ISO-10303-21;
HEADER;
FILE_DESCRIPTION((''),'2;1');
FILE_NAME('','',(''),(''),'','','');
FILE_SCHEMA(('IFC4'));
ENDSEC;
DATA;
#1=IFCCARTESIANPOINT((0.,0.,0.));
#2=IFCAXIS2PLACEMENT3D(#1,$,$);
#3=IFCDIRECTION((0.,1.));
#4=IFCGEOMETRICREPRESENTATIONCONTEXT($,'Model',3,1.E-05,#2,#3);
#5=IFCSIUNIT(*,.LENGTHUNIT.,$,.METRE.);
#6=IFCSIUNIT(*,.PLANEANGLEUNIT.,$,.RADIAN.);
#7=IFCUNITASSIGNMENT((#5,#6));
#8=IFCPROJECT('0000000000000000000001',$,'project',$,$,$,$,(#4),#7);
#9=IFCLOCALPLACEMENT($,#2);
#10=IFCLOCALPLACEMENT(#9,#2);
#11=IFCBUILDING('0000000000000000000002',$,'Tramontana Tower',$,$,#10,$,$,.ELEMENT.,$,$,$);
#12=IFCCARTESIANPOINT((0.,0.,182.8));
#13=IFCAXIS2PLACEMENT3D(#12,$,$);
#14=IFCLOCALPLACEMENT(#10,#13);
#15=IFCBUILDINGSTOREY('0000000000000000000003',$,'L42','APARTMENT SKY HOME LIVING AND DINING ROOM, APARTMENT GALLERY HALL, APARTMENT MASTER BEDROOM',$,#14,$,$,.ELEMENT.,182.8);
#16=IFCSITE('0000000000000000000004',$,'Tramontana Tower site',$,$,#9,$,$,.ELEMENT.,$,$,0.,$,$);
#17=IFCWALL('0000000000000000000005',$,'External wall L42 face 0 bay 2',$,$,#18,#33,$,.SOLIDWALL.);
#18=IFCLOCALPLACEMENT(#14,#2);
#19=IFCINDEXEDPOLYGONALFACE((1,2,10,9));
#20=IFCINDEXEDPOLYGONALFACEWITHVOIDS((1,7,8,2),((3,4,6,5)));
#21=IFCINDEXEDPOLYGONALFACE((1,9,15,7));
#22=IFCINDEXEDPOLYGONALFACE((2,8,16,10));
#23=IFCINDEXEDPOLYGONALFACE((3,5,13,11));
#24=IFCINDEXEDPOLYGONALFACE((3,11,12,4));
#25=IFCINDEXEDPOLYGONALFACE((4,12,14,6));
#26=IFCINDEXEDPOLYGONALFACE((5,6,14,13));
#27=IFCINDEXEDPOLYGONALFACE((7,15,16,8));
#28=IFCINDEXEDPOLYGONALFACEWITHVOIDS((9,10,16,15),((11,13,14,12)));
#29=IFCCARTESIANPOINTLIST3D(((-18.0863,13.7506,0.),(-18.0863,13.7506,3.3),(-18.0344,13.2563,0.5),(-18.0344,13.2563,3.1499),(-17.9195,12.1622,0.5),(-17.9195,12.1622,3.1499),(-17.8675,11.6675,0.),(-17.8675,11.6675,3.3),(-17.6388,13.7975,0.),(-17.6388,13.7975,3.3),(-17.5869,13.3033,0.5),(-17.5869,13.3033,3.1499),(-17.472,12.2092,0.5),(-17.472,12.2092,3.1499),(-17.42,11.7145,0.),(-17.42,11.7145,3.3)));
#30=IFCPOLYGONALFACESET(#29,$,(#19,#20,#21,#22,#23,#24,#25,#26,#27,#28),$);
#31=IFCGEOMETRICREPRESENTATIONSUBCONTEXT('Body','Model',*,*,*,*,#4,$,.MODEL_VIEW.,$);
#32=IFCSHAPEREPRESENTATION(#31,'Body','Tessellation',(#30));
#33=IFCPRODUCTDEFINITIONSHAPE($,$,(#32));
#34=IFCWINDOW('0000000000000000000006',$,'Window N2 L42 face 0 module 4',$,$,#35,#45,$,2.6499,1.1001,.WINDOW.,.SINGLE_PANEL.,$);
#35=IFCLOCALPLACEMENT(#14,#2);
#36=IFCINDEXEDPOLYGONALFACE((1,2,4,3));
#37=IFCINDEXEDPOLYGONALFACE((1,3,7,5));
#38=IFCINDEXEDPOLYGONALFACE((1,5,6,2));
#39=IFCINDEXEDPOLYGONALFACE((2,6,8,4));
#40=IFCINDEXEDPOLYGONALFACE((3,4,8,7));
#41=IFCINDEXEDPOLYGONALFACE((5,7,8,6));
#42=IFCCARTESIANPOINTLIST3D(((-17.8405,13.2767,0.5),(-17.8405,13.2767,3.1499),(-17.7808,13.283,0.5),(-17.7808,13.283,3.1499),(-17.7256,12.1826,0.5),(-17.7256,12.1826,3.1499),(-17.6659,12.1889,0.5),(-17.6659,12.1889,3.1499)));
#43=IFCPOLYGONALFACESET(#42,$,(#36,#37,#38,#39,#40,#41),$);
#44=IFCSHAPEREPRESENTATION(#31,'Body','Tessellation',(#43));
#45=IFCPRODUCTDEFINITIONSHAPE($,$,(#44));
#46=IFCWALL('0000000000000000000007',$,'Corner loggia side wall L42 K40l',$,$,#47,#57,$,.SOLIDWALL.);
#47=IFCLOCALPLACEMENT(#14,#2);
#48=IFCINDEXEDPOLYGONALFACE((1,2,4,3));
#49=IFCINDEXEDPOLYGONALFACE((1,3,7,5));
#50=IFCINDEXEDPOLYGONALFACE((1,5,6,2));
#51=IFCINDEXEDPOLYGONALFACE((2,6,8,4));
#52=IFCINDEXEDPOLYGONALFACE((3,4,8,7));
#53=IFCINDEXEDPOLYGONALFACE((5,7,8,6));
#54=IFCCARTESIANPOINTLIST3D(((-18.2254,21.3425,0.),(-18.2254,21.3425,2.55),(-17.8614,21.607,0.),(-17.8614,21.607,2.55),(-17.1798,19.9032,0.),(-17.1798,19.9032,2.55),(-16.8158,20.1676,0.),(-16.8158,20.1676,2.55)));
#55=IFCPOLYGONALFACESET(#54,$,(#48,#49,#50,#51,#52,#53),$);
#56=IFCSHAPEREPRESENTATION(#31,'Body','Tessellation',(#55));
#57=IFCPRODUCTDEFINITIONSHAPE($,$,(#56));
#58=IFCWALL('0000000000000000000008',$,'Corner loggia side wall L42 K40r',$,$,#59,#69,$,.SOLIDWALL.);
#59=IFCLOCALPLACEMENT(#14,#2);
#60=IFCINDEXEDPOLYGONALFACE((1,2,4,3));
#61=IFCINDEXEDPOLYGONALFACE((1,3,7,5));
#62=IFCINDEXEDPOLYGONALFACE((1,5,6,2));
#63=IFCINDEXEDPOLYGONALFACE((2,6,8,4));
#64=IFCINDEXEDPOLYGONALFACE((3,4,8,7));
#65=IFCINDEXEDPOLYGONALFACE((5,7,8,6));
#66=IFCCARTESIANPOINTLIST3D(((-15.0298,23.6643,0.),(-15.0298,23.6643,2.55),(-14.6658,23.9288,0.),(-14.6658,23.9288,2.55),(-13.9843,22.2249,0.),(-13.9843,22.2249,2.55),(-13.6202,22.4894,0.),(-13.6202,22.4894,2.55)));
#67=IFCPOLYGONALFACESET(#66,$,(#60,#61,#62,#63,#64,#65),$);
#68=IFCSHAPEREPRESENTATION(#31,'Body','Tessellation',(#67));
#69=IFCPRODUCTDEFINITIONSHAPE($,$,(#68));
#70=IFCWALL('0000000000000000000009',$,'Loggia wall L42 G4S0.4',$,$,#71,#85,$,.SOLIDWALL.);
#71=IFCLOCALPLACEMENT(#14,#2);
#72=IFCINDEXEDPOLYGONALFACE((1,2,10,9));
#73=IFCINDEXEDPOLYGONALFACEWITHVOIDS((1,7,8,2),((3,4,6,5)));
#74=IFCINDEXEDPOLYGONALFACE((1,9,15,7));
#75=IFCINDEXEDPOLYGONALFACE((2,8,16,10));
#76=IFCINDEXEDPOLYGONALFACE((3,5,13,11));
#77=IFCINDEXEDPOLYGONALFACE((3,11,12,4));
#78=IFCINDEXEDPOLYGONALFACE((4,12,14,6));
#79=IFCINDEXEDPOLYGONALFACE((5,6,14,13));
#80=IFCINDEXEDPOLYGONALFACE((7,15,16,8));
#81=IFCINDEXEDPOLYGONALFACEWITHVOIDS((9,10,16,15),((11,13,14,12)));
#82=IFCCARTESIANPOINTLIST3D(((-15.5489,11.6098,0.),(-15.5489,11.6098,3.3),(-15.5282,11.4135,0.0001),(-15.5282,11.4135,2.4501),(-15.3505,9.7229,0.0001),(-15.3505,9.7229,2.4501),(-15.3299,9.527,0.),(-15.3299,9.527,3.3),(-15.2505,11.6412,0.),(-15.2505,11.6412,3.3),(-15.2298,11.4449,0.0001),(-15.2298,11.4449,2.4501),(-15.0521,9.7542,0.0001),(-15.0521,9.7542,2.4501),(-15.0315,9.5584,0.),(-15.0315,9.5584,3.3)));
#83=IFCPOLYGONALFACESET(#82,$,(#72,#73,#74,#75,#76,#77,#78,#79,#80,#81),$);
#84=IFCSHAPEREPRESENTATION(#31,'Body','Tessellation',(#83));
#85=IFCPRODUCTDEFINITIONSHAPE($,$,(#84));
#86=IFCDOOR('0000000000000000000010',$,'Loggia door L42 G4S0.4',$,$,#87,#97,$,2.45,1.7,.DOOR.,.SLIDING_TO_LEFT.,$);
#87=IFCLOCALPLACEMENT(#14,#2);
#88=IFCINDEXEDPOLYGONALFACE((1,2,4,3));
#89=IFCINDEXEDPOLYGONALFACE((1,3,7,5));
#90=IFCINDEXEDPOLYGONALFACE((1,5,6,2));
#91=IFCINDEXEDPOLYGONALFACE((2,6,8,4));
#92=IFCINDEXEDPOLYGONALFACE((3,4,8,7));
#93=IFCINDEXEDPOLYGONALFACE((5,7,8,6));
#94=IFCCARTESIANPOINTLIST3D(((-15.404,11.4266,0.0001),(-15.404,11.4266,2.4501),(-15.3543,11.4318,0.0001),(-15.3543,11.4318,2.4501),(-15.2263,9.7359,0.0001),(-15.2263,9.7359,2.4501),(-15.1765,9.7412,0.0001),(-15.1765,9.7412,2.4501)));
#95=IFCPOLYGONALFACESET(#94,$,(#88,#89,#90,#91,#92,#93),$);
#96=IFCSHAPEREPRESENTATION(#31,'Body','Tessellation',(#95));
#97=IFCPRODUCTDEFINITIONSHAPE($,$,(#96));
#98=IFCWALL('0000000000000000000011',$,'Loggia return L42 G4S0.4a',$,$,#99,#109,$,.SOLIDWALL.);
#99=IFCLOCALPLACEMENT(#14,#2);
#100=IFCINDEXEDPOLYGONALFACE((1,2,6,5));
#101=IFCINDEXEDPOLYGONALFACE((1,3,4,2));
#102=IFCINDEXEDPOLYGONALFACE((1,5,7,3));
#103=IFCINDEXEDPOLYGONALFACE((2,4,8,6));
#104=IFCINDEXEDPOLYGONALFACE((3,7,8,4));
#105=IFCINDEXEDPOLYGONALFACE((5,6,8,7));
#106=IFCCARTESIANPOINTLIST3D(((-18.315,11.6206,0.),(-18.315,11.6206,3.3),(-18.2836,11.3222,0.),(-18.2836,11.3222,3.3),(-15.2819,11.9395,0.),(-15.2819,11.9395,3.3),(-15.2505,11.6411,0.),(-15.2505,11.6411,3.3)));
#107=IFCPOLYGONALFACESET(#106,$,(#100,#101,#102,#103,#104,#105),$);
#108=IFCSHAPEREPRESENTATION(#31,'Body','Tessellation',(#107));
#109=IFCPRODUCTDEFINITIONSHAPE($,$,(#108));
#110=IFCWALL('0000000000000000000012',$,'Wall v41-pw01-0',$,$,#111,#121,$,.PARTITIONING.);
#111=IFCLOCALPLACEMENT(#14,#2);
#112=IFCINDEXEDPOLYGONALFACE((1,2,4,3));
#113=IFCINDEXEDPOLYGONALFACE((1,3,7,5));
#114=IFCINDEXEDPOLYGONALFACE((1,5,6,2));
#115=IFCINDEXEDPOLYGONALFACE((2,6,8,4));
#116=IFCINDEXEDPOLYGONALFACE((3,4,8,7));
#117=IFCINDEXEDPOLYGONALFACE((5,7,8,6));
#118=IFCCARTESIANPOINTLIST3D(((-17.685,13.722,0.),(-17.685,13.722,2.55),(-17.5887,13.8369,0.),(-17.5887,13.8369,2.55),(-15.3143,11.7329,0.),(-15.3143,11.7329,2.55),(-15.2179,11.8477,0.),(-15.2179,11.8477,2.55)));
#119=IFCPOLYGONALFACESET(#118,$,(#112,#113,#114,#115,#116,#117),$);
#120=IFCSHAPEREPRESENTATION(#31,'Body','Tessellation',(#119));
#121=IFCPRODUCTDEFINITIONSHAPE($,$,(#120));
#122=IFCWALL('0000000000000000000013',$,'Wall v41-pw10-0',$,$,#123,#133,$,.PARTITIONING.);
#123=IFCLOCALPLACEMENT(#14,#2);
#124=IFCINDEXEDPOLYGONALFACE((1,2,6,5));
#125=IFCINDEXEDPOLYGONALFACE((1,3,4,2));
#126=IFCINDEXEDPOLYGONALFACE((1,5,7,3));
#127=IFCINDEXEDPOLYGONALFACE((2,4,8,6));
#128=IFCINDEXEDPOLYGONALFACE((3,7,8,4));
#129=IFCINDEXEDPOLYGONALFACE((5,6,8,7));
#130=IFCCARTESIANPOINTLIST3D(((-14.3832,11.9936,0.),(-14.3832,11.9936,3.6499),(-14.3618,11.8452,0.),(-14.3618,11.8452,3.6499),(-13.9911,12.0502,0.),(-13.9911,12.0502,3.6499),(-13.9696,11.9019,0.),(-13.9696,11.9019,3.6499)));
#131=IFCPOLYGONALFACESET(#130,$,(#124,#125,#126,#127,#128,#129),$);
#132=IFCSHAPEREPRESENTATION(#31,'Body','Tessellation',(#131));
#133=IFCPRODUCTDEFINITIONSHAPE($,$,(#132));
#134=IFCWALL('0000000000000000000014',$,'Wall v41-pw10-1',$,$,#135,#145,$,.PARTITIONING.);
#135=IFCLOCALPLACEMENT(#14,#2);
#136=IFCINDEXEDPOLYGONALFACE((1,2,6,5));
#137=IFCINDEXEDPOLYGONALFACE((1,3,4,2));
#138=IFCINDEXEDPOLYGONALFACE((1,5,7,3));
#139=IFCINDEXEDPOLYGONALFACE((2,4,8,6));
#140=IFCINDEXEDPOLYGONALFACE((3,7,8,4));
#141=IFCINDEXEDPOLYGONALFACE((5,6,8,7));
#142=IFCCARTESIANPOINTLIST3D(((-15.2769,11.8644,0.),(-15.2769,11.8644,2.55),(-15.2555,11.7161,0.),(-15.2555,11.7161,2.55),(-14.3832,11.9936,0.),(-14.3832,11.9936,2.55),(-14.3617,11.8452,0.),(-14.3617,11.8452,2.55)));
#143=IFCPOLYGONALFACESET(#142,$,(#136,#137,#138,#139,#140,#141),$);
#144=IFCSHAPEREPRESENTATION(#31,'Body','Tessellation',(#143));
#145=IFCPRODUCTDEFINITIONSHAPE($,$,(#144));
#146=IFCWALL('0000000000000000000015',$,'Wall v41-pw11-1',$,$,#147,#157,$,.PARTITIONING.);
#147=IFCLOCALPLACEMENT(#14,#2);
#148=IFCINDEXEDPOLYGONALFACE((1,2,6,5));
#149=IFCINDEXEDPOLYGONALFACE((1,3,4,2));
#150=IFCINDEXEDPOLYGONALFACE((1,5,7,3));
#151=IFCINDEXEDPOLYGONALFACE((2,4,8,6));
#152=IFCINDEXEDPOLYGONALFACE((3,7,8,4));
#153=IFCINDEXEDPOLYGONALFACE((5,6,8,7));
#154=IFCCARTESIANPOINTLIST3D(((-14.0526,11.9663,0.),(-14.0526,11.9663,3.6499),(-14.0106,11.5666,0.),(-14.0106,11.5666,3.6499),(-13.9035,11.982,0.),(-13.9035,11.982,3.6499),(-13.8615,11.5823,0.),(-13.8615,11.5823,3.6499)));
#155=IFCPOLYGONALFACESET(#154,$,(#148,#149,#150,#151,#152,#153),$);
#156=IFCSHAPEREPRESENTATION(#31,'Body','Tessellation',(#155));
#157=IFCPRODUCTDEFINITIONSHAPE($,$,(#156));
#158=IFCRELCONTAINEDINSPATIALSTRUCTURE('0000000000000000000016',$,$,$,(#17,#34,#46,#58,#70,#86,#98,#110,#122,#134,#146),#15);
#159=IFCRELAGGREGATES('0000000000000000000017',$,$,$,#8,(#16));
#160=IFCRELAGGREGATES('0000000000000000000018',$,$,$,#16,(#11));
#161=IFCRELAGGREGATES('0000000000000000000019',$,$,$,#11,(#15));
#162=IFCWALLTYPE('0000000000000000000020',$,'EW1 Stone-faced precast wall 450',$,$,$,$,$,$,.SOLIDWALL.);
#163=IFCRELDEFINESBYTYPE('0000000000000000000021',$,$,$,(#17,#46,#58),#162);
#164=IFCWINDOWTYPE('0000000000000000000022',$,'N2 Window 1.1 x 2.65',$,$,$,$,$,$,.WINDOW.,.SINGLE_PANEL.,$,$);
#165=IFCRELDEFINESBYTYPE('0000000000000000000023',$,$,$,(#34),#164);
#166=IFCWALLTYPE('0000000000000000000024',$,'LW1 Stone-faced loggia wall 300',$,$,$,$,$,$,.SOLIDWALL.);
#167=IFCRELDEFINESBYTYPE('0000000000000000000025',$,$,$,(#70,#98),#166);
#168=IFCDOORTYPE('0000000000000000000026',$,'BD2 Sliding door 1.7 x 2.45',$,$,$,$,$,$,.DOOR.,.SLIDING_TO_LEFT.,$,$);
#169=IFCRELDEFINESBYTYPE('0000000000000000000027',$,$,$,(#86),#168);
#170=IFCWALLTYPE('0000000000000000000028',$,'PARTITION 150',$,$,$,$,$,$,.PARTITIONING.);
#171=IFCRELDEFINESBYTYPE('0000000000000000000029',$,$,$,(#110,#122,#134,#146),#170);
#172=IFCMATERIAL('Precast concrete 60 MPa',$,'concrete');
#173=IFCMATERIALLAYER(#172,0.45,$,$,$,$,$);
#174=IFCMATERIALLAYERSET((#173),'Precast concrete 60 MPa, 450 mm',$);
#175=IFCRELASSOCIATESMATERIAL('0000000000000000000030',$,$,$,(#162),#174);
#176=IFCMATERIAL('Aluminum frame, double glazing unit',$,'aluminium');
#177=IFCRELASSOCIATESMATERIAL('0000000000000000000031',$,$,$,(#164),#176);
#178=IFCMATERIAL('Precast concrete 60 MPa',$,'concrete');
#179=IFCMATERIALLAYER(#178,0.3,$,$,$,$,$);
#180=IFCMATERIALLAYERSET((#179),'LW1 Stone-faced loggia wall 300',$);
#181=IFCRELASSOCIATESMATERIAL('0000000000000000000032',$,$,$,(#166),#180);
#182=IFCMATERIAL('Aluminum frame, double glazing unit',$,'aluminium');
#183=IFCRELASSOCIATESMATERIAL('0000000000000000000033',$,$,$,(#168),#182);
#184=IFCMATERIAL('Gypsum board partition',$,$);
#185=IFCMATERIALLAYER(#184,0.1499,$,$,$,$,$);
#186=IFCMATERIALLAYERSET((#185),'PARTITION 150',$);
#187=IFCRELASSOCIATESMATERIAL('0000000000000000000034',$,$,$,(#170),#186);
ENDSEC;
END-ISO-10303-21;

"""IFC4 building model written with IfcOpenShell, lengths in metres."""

from ifc_helpers import new_model, si_unit, direction, frame, frame_2d, origin, place, context, subcontext, project, spatial, rectangle, extrude, material, layer, layer_set, type_object, element, fill, save


model = new_model("IFC4")

# Units and contexts
model_context = context("Model", 3, precision=1e-05, world=origin(), true_north=direction((0.0, 1.0)))
body_context = subcontext(model_context, "Body", "Model", "MODEL_VIEW")
ifc_project = project(units=[si_unit("LENGTHUNIT", "METRE"), si_unit("PLANEANGLEUNIT", "RADIAN")], contexts=[model_context])

# Site, building, storey
site_placement = place(None, origin())
site = spatial("IfcSite", under=ifc_project, at=site_placement, Name="Tramontana Tower site", CompositionType="ELEMENT", RefElevation=0.0)
building_placement = place(site_placement, origin())
building = spatial("IfcBuilding", under=site, at=building_placement, Name="Tramontana Tower", CompositionType="ELEMENT")
storey_placement = place(building_placement, frame((0.0, 0.0, 182.8)))
storey = spatial("IfcBuildingStorey", under=building, at=storey_placement, Name="L42", Description="APARTMENT SKY HOME LIVING AND DINING ROOM, APARTMENT GALLERY HALL, APARTMENT MASTER BEDROOM", CompositionType="ELEMENT", Elevation=182.8)

# Shared definitions
ifc_material_1 = material(Name="Precast concrete 60 MPa", Category="concrete")
ifc_layer_1 = layer(ifc_material_1, 0.45)
ifc_layer_set_1 = layer_set([ifc_layer_1], Name="Precast concrete 60 MPa, 450 mm")
wall_type_1 = type_object("IfcWallType", Name="EW1 Stone-faced precast wall 450", PredefinedType="SOLIDWALL", material=ifc_layer_set_1)

# Wall, opening, window
wall_1_placement = place(storey_placement, frame((-17.8625, 13.7742, 0.0), z_axis=(0.0, 0.0, 1.0), x_axis=(0.104442, -0.994531, 0.0)))
wall_1 = element("IfcWall", 1, at=wall_1_placement, inside=storey, type_object=wall_type_1, Name="External wall L42 face 0 bay 2", PredefinedType="SOLIDWALL", context=body_context, shape_type="SweptSolid", body=[
    extrude(rectangle(XDim=2.0945, YDim=0.45, at=frame_2d((1.0474, 0.0))), origin(), (0.0, 0.0, 1.0), 3.3),
])
opening_1_placement = place(wall_1_placement, frame((0.4971, 0.0, 0.5)))
opening_1 = element("IfcOpeningElement", 2, at=opening_1_placement, cuts=wall_1, PredefinedType="OPENING", context=body_context, shape_type="SweptSolid", body=[
    extrude(rectangle(XDim=1.1001, YDim=2.6499, at=frame_2d((0.55, 1.325))), frame((0.0, 0.2349, 0.0), z_axis=(0.0, -1.0, 0.0), x_axis=(1.0, 0.0, 0.0)), (0.0, 0.0, 1.0), 0.47),
])
ifc_material_2 = material(Name="Aluminum frame, double glazing unit", Category="aluminium")
window_type_1 = type_object("IfcWindowType", Name="N2 Window 1.1 x 2.65", PartitioningType="SINGLE_PANEL", PredefinedType="WINDOW", material=ifc_material_2)
window_1_placement = place(opening_1_placement, origin())
window_1 = element("IfcWindow", 3, at=window_1_placement, inside=storey, type_object=window_type_1, Name="Window N2 L42 face 0 module 4", OverallHeight=2.6499, OverallWidth=1.1001, PartitioningType="SINGLE_PANEL", PredefinedType="WINDOW", context=body_context, shape_type="SweptSolid", body=[
    extrude(rectangle(XDim=1.1001, YDim=2.6499, at=frame_2d((0.55, 1.325))), frame((0.0, 0.03, 0.0), z_axis=(0.0, -1.0, 0.0), x_axis=(1.0, 0.0, 0.0)), (0.0, 0.0, 1.0), 0.0601),
])
fill(opening_1, window_1)

# Walls
for number, where, z_axis, x_axis, name in (
    (4, (-18.0435, 21.4749, 0.0), (0.0, 0.0, 1.0), (0.587723, -0.809062, 0.0), "Corner loggia side wall L42 K40l"),
    (5, (-14.8479, 23.7966, 0.0), (0.0, 0.0, 1.0), (0.587723, -0.809062, 0.0), "Corner loggia side wall L42 K40r"),
):
    element("IfcWall", number, at=place(storey_placement, frame(where, z_axis=z_axis, x_axis=x_axis)), inside=storey, type_object=wall_type_1, Name=name, PredefinedType="SOLIDWALL", context=body_context, shape_type="SweptSolid", body=[
        extrude(rectangle(XDim=1.7791, YDim=0.45, at=frame_2d((0.8896, 0.0))), origin(), (0.0, 0.0, 1.0), 2.55),
    ])

# Wall, opening, door
ifc_material_3 = material(Name="Precast concrete 60 MPa", Category="concrete")
ifc_layer_2 = layer(ifc_material_3, 0.3)
ifc_layer_set_2 = layer_set([ifc_layer_2], Name="LW1 Stone-faced loggia wall 300")
wall_type_2 = type_object("IfcWallType", Name="LW1 Stone-faced loggia wall 300", PredefinedType="SOLIDWALL", material=ifc_layer_set_2)
wall_2_placement = place(storey_placement, frame((-15.3997, 11.6255, 0.0), z_axis=(0.0, 0.0, 1.0), x_axis=(0.104569, -0.994518, 0.0)))
wall_2 = element("IfcWall", 6, at=wall_2_placement, inside=storey, type_object=wall_type_2, Name="Loggia wall L42 G4S0.4", PredefinedType="SOLIDWALL", context=body_context, shape_type="SweptSolid", body=[
    extrude(rectangle(XDim=2.0942, YDim=0.3, at=frame_2d((1.0471, 0.0))), origin(), (0.0, 0.0, 1.0), 3.3),
])
opening_2_placement = place(wall_2_placement, frame((0.1973, 0.0, 0.0)))
opening_2 = element("IfcOpeningElement", 7, at=opening_2_placement, cuts=wall_2, PredefinedType="OPENING", context=body_context, shape_type="SweptSolid", body=[
    extrude(rectangle(XDim=1.7, YDim=2.45, at=frame_2d((0.8501, 1.2251))), frame((0.0, 0.1599, 0.0), z_axis=(0.0, -1.0, 0.0), x_axis=(1.0, 0.0, 0.0)), (0.0, 0.0, 1.0), 0.3201),
])
ifc_material_4 = material(Name="Aluminum frame, double glazing unit", Category="aluminium")
door_type_1 = type_object("IfcDoorType", Name="BD2 Sliding door 1.7 x 2.45", OperationType="SLIDING_TO_LEFT", PredefinedType="DOOR", material=ifc_material_4)
door_1_placement = place(opening_2_placement, origin())
door_1 = element("IfcDoor", 8, at=door_1_placement, inside=storey, type_object=door_type_1, Name="Loggia door L42 G4S0.4", OperationType="SLIDING_TO_LEFT", OverallHeight=2.45, OverallWidth=1.7, PredefinedType="DOOR", context=body_context, shape_type="SweptSolid", body=[
    extrude(rectangle(XDim=1.7, YDim=2.45, at=frame_2d((0.8501, 1.2251))), frame((0.0, 0.0249, 0.0), z_axis=(0.0, -1.0, 0.0), x_axis=(1.0, 0.0, 0.0)), (0.0, 0.0, 1.0), 0.05),
])
fill(opening_2, door_1)

# Walls
wall_3_placement = place(storey_placement, frame((-18.2993, 11.4714, 0.0), z_axis=(0.0, 0.0, 1.0), x_axis=(0.99452, 0.104543, 0.0)))
element("IfcWall", 9, at=wall_3_placement, inside=storey, type_object=wall_type_2, Name="Loggia return L42 G4S0.4a", PredefinedType="SOLIDWALL", context=body_context, shape_type="SweptSolid", body=[
    extrude(rectangle(XDim=3.0498, YDim=0.3, at=frame_2d((1.5249, 0.0))), origin(), (0.0, 0.0, 1.0), 3.3),
])
ifc_material_5 = material(Name="Gypsum board partition")
ifc_layer_3 = layer(ifc_material_5, 0.1499)
ifc_layer_set_3 = layer_set([ifc_layer_3], Name="PARTITION 150")
wall_type_3 = type_object("IfcWallType", Name="PARTITION 150", PredefinedType="PARTITIONING", material=ifc_layer_set_3)
wall_4_placement = place(storey_placement, frame((-15.2661, 11.7903, 0.0), z_axis=(0.0, 0.0, 1.0), x_axis=(-0.766064, 0.642765, 0.0)))
element("IfcWall", 10, at=wall_4_placement, inside=storey, type_object=wall_type_3, Name="Wall v41-pw01-0", PredefinedType="PARTITIONING", context=body_context, shape_type="SweptSolid", body=[
    extrude(rectangle(XDim=3.0947, YDim=0.1499, at=frame_2d((1.5474, 0.0))), origin(), (0.0, 0.0, 1.0), 2.55),
])
wall_5_placement = place(storey_placement, frame((-13.9802, 11.9761, 0.0), z_axis=(0.0, 0.0, 1.0), x_axis=(-0.989726, -0.142974, 0.0)))
element("IfcWall", 11, at=wall_5_placement, inside=storey, type_object=wall_type_3, Name="Wall v41-pw10-0", PredefinedType="PARTITIONING", context=body_context, shape_type="SweptSolid", body=[
    extrude(rectangle(XDim=0.3962, YDim=0.1499, at=frame_2d((0.1982, 0.0))), origin(), (0.0, 0.0, 1.0), 3.6499),
])
wall_6_placement = place(storey_placement, frame((-14.3723, 11.9194, 0.0), z_axis=(0.0, 0.0, 1.0), x_axis=(-0.989721, -0.143011, 0.0)))
element("IfcWall", 12, at=wall_6_placement, inside=storey, type_object=wall_type_3, Name="Wall v41-pw10-1", PredefinedType="PARTITIONING", context=body_context, shape_type="SweptSolid", body=[
    extrude(rectangle(XDim=0.9031, YDim=0.1499, at=frame_2d((0.4517, 0.0))), origin(), (0.0, 0.0, 1.0), 2.55),
])
wall_7_placement = place(storey_placement, frame((-13.936, 11.5745, 0.0), z_axis=(0.0, 0.0, 1.0), x_axis=(-0.104495, 0.994525, 0.0)))
element("IfcWall", 13, at=wall_7_placement, inside=storey, type_object=wall_type_3, Name="Wall v41-pw11-1", PredefinedType="PARTITIONING", context=body_context, shape_type="SweptSolid", body=[
    extrude(rectangle(XDim=0.4019, YDim=0.1499, at=frame_2d((0.2009, 0.0))), origin(), (0.0, 0.0, 1.0), 3.6499),
])

save(model, "model.ifc")
